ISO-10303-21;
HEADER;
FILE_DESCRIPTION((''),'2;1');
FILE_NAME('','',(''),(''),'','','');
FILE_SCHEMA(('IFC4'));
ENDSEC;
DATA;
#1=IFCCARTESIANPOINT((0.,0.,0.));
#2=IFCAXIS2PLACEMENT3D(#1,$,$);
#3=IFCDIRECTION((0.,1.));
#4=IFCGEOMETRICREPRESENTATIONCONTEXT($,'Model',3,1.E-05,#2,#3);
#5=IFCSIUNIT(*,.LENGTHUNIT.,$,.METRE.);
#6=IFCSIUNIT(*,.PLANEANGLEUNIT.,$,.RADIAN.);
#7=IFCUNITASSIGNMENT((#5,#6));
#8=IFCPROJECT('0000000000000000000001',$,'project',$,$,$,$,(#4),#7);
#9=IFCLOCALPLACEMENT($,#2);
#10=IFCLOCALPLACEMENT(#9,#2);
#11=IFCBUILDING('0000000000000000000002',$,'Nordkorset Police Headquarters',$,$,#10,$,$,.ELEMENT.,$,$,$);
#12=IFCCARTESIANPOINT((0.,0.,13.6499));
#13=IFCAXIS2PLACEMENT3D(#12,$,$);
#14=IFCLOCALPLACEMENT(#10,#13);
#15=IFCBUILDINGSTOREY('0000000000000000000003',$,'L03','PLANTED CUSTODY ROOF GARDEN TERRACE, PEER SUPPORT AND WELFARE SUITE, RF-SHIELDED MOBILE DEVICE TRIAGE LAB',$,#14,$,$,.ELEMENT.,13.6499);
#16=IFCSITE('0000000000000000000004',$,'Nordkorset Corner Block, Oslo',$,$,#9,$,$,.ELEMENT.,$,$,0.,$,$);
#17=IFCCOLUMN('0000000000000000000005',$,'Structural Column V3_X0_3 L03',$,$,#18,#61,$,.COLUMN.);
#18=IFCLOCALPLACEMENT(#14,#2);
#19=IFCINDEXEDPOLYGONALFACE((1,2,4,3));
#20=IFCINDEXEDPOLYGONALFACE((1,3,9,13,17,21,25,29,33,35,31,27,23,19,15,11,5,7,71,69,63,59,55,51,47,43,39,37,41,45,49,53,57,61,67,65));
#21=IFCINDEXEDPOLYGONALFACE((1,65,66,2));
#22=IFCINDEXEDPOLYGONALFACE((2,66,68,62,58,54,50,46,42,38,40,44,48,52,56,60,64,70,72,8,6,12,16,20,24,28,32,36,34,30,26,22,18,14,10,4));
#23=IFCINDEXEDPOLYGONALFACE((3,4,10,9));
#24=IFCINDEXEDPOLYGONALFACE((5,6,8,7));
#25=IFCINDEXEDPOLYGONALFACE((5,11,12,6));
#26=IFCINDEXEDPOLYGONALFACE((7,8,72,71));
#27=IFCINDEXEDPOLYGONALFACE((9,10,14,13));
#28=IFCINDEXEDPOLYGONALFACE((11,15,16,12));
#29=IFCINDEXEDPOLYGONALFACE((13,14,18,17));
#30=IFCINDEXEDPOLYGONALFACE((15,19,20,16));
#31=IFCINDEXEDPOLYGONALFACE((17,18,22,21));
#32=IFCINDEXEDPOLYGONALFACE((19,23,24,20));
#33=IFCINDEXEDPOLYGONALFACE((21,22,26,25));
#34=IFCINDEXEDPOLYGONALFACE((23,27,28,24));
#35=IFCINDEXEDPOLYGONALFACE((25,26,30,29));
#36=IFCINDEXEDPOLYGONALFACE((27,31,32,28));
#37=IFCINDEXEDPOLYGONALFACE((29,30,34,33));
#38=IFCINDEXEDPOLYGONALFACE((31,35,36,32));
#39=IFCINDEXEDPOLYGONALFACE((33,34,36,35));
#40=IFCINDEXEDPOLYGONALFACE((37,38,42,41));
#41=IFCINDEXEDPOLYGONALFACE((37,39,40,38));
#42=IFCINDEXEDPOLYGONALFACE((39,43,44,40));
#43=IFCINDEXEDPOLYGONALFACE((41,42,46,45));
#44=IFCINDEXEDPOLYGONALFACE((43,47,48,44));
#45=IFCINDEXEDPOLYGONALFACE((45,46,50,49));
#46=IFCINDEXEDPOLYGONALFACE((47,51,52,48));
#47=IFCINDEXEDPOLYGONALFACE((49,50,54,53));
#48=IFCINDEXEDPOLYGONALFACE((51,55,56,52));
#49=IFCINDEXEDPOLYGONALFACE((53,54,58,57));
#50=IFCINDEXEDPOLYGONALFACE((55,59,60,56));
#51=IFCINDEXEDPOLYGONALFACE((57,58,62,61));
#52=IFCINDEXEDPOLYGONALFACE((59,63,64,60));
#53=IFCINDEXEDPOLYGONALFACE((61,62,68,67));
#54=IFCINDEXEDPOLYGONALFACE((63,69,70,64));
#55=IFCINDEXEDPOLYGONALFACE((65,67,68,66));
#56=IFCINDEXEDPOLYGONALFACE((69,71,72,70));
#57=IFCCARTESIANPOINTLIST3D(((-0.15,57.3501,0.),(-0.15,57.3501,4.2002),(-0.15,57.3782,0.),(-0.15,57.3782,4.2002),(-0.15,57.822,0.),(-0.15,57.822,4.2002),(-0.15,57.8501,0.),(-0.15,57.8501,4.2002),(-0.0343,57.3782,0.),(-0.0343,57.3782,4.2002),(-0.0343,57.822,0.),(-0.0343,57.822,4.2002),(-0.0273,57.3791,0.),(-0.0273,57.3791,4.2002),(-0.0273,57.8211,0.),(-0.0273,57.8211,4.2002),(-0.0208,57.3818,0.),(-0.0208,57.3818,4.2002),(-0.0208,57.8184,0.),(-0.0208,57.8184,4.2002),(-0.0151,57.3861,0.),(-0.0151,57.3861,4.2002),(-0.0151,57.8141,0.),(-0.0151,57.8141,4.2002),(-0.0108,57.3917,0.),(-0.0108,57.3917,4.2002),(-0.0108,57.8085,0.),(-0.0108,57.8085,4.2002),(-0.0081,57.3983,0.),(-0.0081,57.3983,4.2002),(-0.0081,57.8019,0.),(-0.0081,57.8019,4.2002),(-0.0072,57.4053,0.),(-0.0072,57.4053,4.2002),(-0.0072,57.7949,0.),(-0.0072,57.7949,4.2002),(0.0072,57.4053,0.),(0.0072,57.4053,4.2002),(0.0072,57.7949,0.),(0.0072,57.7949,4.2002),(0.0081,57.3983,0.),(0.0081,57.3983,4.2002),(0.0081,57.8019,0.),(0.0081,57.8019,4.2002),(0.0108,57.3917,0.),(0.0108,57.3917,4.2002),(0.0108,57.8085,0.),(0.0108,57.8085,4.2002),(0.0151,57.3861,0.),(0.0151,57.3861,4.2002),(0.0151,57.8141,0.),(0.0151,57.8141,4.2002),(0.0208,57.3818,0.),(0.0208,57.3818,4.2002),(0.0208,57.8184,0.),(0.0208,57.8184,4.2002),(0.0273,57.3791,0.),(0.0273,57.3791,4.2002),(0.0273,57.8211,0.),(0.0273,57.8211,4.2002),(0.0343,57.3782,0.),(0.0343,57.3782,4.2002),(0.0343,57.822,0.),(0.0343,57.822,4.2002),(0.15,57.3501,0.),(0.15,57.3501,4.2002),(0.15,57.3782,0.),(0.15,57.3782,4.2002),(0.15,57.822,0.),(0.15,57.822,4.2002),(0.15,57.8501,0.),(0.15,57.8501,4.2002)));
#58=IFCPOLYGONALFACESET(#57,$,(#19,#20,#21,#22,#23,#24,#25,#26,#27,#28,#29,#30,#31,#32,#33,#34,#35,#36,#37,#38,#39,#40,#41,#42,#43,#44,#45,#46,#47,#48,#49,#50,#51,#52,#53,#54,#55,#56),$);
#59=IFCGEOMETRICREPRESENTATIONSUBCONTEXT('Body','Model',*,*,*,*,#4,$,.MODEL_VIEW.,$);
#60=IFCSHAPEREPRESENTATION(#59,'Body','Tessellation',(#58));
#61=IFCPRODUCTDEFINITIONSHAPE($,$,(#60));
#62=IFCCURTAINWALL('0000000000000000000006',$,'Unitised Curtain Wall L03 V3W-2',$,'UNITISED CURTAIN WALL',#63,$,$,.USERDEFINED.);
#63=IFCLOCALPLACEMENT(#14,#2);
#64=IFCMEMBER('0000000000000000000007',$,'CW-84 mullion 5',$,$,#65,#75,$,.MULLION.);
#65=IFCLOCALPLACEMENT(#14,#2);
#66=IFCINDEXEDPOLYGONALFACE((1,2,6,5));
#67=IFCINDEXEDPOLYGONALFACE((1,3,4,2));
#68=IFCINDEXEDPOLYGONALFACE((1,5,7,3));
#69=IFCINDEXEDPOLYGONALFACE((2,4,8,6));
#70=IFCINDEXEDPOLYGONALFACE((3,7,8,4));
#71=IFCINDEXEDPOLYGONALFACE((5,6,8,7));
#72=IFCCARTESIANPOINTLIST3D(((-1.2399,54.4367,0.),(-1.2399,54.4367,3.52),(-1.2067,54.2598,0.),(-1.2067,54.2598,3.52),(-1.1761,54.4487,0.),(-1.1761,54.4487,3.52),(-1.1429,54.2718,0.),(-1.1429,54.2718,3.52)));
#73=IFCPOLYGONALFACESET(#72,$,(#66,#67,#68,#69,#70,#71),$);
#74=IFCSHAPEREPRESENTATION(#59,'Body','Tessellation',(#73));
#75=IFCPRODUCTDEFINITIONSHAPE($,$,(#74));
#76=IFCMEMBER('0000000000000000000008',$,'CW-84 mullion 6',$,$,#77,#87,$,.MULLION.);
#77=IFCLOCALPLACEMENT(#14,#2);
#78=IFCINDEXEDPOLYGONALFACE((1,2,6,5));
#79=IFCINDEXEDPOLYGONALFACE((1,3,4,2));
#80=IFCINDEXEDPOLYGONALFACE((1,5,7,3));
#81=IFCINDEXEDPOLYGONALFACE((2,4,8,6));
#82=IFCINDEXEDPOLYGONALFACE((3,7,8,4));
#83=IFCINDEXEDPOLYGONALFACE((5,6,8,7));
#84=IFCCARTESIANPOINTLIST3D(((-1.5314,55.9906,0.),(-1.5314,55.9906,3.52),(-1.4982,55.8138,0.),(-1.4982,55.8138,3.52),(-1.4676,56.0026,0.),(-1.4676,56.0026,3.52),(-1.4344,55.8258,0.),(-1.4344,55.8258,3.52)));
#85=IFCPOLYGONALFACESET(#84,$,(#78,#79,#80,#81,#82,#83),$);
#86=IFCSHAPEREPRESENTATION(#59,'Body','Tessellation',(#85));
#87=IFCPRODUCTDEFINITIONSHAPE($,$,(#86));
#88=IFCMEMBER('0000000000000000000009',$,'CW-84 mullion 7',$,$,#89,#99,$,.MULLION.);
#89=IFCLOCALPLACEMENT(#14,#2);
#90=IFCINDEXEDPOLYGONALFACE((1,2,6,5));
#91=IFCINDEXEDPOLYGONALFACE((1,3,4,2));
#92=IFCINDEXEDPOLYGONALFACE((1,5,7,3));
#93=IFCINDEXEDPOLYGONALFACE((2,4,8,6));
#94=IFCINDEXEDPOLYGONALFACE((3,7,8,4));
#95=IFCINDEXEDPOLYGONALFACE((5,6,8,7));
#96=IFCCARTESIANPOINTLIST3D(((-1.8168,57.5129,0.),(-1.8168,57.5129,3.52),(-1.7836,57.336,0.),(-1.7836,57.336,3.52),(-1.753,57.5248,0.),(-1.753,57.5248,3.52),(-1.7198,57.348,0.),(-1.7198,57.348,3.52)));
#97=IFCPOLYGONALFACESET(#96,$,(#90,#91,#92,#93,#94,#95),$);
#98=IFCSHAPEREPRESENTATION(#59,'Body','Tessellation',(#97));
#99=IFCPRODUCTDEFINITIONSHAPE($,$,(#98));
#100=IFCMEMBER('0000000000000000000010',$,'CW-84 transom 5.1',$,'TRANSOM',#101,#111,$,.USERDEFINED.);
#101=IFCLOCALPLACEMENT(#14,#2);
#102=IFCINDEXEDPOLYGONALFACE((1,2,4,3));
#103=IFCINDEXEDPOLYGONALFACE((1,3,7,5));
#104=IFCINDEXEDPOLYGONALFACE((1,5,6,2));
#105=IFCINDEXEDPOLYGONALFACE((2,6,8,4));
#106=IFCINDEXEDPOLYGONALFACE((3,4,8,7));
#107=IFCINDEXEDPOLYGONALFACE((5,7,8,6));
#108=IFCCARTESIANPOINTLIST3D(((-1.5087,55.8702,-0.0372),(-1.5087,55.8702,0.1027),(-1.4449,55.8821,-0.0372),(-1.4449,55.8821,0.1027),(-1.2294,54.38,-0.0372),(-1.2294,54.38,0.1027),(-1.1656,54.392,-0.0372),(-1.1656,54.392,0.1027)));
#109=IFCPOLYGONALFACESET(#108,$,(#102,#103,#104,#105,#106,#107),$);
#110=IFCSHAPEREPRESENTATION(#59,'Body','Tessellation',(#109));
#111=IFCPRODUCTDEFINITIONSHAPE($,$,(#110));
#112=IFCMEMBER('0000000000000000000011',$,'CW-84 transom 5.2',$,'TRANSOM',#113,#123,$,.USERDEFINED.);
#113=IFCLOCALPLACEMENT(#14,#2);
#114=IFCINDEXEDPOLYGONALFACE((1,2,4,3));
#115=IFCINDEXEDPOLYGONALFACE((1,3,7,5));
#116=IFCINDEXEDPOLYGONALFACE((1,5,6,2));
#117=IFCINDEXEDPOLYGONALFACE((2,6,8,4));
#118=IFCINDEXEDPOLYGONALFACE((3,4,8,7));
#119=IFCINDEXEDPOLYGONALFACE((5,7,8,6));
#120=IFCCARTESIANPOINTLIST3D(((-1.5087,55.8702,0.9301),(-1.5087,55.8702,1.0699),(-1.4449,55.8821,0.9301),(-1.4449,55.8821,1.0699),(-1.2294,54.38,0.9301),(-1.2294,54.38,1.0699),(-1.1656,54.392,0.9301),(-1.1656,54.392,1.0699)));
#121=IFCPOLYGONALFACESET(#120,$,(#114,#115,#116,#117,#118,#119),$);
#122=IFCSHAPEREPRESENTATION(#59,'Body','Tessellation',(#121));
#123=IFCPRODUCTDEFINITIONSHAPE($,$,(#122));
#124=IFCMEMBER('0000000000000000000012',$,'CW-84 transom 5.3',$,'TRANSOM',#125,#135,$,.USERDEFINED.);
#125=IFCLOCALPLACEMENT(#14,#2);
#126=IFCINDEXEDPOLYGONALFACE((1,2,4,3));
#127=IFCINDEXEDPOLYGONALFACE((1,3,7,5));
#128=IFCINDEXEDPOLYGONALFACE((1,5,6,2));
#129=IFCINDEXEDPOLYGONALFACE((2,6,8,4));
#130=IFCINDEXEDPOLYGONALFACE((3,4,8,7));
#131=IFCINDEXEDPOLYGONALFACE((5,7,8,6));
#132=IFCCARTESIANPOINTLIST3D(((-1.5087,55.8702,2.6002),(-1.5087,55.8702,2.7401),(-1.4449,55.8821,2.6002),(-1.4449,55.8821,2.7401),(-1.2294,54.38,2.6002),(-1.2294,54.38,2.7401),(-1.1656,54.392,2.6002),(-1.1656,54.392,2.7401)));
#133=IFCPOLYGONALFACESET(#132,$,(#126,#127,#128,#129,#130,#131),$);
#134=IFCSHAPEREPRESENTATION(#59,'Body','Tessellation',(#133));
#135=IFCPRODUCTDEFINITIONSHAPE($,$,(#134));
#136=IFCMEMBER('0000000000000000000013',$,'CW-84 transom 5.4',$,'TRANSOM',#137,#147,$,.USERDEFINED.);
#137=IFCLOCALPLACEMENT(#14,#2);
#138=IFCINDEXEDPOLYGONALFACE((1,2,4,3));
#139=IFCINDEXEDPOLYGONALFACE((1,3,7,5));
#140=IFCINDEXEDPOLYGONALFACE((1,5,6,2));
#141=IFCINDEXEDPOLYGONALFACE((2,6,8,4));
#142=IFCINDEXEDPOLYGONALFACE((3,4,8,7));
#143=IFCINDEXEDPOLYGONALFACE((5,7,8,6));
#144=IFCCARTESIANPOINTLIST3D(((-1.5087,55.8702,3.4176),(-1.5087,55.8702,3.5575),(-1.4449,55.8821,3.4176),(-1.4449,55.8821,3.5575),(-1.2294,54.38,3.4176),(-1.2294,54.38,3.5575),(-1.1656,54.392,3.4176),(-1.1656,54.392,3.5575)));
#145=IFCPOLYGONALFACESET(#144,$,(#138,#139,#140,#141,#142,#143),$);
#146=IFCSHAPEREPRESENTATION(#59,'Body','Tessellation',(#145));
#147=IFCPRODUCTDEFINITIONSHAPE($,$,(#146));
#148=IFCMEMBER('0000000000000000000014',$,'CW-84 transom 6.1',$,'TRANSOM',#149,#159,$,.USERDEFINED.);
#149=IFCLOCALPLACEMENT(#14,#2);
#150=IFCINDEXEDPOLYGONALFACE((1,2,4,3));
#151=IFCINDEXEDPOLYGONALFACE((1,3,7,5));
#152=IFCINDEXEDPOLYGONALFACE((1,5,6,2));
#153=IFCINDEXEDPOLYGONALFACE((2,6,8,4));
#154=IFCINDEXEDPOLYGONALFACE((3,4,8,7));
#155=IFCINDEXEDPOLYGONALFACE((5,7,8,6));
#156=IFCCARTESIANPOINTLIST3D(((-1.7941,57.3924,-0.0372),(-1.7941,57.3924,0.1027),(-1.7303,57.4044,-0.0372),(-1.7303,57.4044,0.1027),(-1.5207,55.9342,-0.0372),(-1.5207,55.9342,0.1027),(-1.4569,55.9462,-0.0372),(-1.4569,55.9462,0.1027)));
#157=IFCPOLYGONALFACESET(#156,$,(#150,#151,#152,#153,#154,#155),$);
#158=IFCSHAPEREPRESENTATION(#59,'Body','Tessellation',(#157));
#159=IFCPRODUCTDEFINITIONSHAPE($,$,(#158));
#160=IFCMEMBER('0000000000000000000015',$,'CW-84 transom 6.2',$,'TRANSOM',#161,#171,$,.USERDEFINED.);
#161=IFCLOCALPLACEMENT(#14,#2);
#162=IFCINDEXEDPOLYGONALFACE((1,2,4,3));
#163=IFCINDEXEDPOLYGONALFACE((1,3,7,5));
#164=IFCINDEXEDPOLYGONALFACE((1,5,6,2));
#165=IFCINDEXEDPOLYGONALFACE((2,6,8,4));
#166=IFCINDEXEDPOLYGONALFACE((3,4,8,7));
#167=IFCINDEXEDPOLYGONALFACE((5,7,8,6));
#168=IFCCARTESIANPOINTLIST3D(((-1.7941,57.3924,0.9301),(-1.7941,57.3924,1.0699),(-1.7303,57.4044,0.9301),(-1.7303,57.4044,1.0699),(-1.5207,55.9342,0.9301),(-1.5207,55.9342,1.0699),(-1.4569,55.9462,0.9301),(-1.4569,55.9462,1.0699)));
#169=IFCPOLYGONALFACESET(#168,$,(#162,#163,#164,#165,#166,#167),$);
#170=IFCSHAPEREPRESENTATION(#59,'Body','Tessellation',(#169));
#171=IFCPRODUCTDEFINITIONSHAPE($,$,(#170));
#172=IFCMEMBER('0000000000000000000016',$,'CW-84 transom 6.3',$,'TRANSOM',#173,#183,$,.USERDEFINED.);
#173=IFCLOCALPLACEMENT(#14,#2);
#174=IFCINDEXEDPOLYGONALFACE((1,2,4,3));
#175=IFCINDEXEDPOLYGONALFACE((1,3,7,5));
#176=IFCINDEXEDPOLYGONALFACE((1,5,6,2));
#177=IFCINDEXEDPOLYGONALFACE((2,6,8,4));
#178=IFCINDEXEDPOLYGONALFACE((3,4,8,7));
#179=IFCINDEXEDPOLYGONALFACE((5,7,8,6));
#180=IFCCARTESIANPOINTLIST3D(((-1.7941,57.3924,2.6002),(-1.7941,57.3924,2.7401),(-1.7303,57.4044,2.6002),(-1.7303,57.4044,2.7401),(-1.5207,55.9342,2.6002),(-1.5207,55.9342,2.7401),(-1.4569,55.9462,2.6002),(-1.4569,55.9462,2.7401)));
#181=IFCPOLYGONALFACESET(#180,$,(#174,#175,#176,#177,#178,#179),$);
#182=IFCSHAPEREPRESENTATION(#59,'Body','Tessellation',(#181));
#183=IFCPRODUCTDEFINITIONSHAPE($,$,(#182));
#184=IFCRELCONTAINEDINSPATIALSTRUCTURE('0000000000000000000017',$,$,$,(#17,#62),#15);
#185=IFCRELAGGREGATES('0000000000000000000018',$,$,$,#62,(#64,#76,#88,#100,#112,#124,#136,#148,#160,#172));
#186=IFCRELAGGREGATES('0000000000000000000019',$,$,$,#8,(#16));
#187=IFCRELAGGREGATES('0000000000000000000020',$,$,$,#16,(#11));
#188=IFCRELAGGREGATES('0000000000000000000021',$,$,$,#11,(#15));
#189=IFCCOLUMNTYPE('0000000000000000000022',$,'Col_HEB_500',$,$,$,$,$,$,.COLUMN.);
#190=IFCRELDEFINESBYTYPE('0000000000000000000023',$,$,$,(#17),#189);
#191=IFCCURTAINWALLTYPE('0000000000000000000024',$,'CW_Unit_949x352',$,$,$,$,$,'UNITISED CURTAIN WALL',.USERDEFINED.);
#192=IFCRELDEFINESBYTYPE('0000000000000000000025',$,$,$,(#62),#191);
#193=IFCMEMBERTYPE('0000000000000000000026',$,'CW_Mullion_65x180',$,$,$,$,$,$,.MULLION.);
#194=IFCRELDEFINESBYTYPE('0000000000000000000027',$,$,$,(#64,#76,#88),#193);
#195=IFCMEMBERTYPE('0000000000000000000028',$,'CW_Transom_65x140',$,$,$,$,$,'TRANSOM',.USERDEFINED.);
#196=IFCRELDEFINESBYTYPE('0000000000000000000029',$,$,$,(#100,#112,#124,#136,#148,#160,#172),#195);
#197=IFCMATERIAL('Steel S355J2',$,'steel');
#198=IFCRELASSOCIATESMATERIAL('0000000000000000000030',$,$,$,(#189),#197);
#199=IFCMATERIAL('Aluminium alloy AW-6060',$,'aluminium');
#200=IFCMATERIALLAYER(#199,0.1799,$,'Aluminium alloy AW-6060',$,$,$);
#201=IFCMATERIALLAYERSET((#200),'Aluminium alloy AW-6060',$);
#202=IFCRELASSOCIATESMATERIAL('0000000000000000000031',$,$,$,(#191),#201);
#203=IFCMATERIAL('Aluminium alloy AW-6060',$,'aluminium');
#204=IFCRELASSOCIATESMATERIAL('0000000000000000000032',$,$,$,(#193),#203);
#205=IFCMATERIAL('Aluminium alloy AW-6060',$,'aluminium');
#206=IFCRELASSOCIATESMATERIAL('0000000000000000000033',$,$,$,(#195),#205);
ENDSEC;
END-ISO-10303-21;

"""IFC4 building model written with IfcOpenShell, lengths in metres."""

from ifc_helpers import new_model, si_unit, direction, frame, origin, origin_2d, place, context, subcontext, project, spatial, rectangle, i_section, extrude, material, layer, layer_set, material_profile, profile_set, type_object, element, aggregate, save


model = new_model("IFC4")

# Units and contexts
model_context = context("Model", 3, precision=1e-05, world=origin(), true_north=direction((0.0, 1.0)))
body_context = subcontext(model_context, "Body", "Model", "MODEL_VIEW")
ifc_project = project(units=[si_unit("LENGTHUNIT", "METRE"), si_unit("PLANEANGLEUNIT", "RADIAN")], contexts=[model_context])

# Site, building, storey
site_placement = place(None, origin())
site = spatial("IfcSite", under=ifc_project, at=site_placement, Name="Nordkorset Corner Block, Oslo", CompositionType="ELEMENT", RefElevation=0.0)
building_placement = place(site_placement, origin())
building = spatial("IfcBuilding", under=site, at=building_placement, Name="Nordkorset Police Headquarters", CompositionType="ELEMENT")
storey_placement = place(building_placement, frame((0.0, 0.0, 13.6499)))
storey = spatial("IfcBuildingStorey", under=building, at=storey_placement, Name="L03", Description="PLANTED CUSTODY ROOF GARDEN TERRACE, PEER SUPPORT AND WELFARE SUITE, RF-SHIELDED MOBILE DEVICE TRIAGE LAB", CompositionType="ELEMENT", Elevation=13.6499)

# Column
ifc_material_1 = material(Name="Steel S355J2", Category="steel")
ifc_material_profile_1 = material_profile(ifc_material_1, i_section(OverallWidth=0.3, OverallDepth=0.5, WebThickness=0.0144, FlangeThickness=0.0281, FilletRadius=0.0271, at=origin_2d()), Name="HEB 500")
ifc_profile_set_1 = profile_set([ifc_material_profile_1], Name="Steel S355J2")
column_type = type_object("IfcColumnType", Name="Col_HEB_500", PredefinedType="COLUMN", material=ifc_profile_set_1)
column_placement = place(storey_placement, frame((0.0, 57.6001, 0.0), z_axis=(0.0, 0.0, 1.0), x_axis=(1.0, 0.0, 0.0)))
element("IfcColumn", 1, at=column_placement, inside=storey, type_object=column_type, Name="Structural Column V3_X0_3 L03", PredefinedType="COLUMN", context=body_context, shape_type="SweptSolid", body=[
    extrude(i_section(OverallWidth=0.3, OverallDepth=0.5, WebThickness=0.0144, FlangeThickness=0.0281, FilletRadius=0.0271, at=origin_2d()), origin(), (0.0, 0.0, 1.0), 4.2002),
])

# Curtain wall, members
ifc_material_2 = material(Name="Aluminium alloy AW-6060", Category="aluminium")
ifc_layer_1 = layer(ifc_material_2, 0.1799, Name="Aluminium alloy AW-6060")
ifc_layer_set_1 = layer_set([ifc_layer_1], Name="Aluminium alloy AW-6060")
curtain_wall_type = type_object("IfcCurtainWallType", Name="CW_Unit_949x352", ElementType="UNITISED CURTAIN WALL", PredefinedType="USERDEFINED", material=ifc_layer_set_1)
curtain_wall_placement = place(storey_placement, origin())
curtain_wall = element("IfcCurtainWall", 2, at=curtain_wall_placement, inside=storey, type_object=curtain_wall_type, Name="Unitised Curtain Wall L03 V3W-2", ObjectType="UNITISED CURTAIN WALL", PredefinedType="USERDEFINED")
ifc_material_3 = material(Name="Aluminium alloy AW-6060", Category="aluminium")
ifc_material_profile_2 = material_profile(ifc_material_3, rectangle(XDim=0.0649, YDim=0.1799, at=origin_2d()), Name="ALU MULL 65x180")
ifc_profile_set_2 = profile_set([ifc_material_profile_2], Name="Aluminium alloy AW-6060")
member_type_1 = type_object("IfcMemberType", Name="CW_Mullion_65x180", PredefinedType="MULLION", material=ifc_profile_set_2)
member_1_placement = place(storey_placement, frame((-1.1914, 54.3542, 0.0), z_axis=(0.0, 0.0, 1.0), x_axis=(-0.982872, -0.184289, 0.0)))
member_1 = element("IfcMember", 3, at=member_1_placement, type_object=member_type_1, Name="CW-84 mullion 5", PredefinedType="MULLION", context=body_context, shape_type="SweptSolid", body=[
    extrude(rectangle(XDim=0.0649, YDim=0.1799, at=origin_2d()), origin(), (0.0, 0.0, 1.0), 3.52),
])
member_2_placement = place(storey_placement, frame((-1.4829, 55.9082, 0.0), z_axis=(0.0, 0.0, 1.0), x_axis=(-0.982872, -0.184289, 0.0)))
member_2 = element("IfcMember", 4, at=member_2_placement, type_object=member_type_1, Name="CW-84 mullion 6", PredefinedType="MULLION", context=body_context, shape_type="SweptSolid", body=[
    extrude(rectangle(XDim=0.0649, YDim=0.1799, at=origin_2d()), origin(), (0.0, 0.0, 1.0), 3.52),
])
member_3_placement = place(storey_placement, frame((-1.7683, 57.4304, 0.0), z_axis=(0.0, 0.0, 1.0), x_axis=(-0.982872, -0.184289, 0.0)))
member_3 = element("IfcMember", 5, at=member_3_placement, type_object=member_type_1, Name="CW-84 mullion 7", PredefinedType="MULLION", context=body_context, shape_type="SweptSolid", body=[
    extrude(rectangle(XDim=0.0649, YDim=0.1799, at=origin_2d()), origin(), (0.0, 0.0, 1.0), 3.52),
])
ifc_material_4 = material(Name="Aluminium alloy AW-6060", Category="aluminium")
ifc_material_profile_3 = material_profile(ifc_material_4, rectangle(XDim=0.0649, YDim=0.1399, at=origin_2d()), Name="ALU TRAN 65x140")
ifc_profile_set_3 = profile_set([ifc_material_profile_3], Name="Aluminium alloy AW-6060")
member_type_2 = type_object("IfcMemberType", Name="CW_Transom_65x140", ElementType="TRANSOM", PredefinedType="USERDEFINED", material=ifc_profile_set_3)
member_4_placement = place(storey_placement, frame((-1.1975, 54.386, 0.0327), z_axis=(-0.184211, 0.982887, 0.0), x_axis=(-0.982887, -0.184211, 0.0)))
member_4 = element("IfcMember", 6, at=member_4_placement, type_object=member_type_2, Name="CW-84 transom 5.1", ObjectType="TRANSOM", PredefinedType="USERDEFINED", context=body_context, shape_type="SweptSolid", body=[
    extrude(rectangle(XDim=0.0649, YDim=0.1399, at=origin_2d()), origin(), (0.0, 0.0, 1.0), 1.5161),
])
member_5_placement = place(storey_placement, frame((-1.1975, 54.386, 1.0), z_axis=(-0.184211, 0.982887, 0.0), x_axis=(-0.982887, -0.184211, 0.0)))
member_5 = element("IfcMember", 7, at=member_5_placement, type_object=member_type_2, Name="CW-84 transom 5.2", ObjectType="TRANSOM", PredefinedType="USERDEFINED", context=body_context, shape_type="SweptSolid", body=[
    extrude(rectangle(XDim=0.0649, YDim=0.1399, at=origin_2d()), origin(), (0.0, 0.0, 1.0), 1.5161),
])
member_6_placement = place(storey_placement, frame((-1.1975, 54.386, 2.6702), z_axis=(-0.184211, 0.982887, 0.0), x_axis=(-0.982887, -0.184211, 0.0)))
member_6 = element("IfcMember", 8, at=member_6_placement, type_object=member_type_2, Name="CW-84 transom 5.3", ObjectType="TRANSOM", PredefinedType="USERDEFINED", context=body_context, shape_type="SweptSolid", body=[
    extrude(rectangle(XDim=0.0649, YDim=0.1399, at=origin_2d()), origin(), (0.0, 0.0, 1.0), 1.5161),
])
member_7_placement = place(storey_placement, frame((-1.1975, 54.386, 3.4875), z_axis=(-0.184211, 0.982887, 0.0), x_axis=(-0.982887, -0.184211, 0.0)))
member_7 = element("IfcMember", 9, at=member_7_placement, type_object=member_type_2, Name="CW-84 transom 5.4", ObjectType="TRANSOM", PredefinedType="USERDEFINED", context=body_context, shape_type="SweptSolid", body=[
    extrude(rectangle(XDim=0.0649, YDim=0.1399, at=origin_2d()), origin(), (0.0, 0.0, 1.0), 1.5161),
])
member_8_placement = place(storey_placement, frame((-1.4888, 55.9402, 0.0327), z_axis=(-0.184298, 0.98287, 0.0), x_axis=(-0.98287, -0.184298, 0.0)))
member_8 = element("IfcMember", 10, at=member_8_placement, type_object=member_type_2, Name="CW-84 transom 6.1", ObjectType="TRANSOM", PredefinedType="USERDEFINED", context=body_context, shape_type="SweptSolid", body=[
    extrude(rectangle(XDim=0.0649, YDim=0.1399, at=origin_2d()), origin(), (0.0, 0.0, 1.0), 1.4836),
])
member_9_placement = place(storey_placement, frame((-1.4888, 55.9402, 1.0), z_axis=(-0.184298, 0.98287, 0.0), x_axis=(-0.98287, -0.184298, 0.0)))
member_9 = element("IfcMember", 11, at=member_9_placement, type_object=member_type_2, Name="CW-84 transom 6.2", ObjectType="TRANSOM", PredefinedType="USERDEFINED", context=body_context, shape_type="SweptSolid", body=[
    extrude(rectangle(XDim=0.0649, YDim=0.1399, at=origin_2d()), origin(), (0.0, 0.0, 1.0), 1.4836),
])
member_10_placement = place(storey_placement, frame((-1.4888, 55.9402, 2.6702), z_axis=(-0.184298, 0.98287, 0.0), x_axis=(-0.98287, -0.184298, 0.0)))
member_10 = element("IfcMember", 12, at=member_10_placement, type_object=member_type_2, Name="CW-84 transom 6.3", ObjectType="TRANSOM", PredefinedType="USERDEFINED", context=body_context, shape_type="SweptSolid", body=[
    extrude(rectangle(XDim=0.0649, YDim=0.1399, at=origin_2d()), origin(), (0.0, 0.0, 1.0), 1.4836),
])

aggregate(curtain_wall, [member_1, member_2, member_3, member_4, member_5, member_6, member_7, member_8, member_9, member_10])

save(model, "model.ifc")
